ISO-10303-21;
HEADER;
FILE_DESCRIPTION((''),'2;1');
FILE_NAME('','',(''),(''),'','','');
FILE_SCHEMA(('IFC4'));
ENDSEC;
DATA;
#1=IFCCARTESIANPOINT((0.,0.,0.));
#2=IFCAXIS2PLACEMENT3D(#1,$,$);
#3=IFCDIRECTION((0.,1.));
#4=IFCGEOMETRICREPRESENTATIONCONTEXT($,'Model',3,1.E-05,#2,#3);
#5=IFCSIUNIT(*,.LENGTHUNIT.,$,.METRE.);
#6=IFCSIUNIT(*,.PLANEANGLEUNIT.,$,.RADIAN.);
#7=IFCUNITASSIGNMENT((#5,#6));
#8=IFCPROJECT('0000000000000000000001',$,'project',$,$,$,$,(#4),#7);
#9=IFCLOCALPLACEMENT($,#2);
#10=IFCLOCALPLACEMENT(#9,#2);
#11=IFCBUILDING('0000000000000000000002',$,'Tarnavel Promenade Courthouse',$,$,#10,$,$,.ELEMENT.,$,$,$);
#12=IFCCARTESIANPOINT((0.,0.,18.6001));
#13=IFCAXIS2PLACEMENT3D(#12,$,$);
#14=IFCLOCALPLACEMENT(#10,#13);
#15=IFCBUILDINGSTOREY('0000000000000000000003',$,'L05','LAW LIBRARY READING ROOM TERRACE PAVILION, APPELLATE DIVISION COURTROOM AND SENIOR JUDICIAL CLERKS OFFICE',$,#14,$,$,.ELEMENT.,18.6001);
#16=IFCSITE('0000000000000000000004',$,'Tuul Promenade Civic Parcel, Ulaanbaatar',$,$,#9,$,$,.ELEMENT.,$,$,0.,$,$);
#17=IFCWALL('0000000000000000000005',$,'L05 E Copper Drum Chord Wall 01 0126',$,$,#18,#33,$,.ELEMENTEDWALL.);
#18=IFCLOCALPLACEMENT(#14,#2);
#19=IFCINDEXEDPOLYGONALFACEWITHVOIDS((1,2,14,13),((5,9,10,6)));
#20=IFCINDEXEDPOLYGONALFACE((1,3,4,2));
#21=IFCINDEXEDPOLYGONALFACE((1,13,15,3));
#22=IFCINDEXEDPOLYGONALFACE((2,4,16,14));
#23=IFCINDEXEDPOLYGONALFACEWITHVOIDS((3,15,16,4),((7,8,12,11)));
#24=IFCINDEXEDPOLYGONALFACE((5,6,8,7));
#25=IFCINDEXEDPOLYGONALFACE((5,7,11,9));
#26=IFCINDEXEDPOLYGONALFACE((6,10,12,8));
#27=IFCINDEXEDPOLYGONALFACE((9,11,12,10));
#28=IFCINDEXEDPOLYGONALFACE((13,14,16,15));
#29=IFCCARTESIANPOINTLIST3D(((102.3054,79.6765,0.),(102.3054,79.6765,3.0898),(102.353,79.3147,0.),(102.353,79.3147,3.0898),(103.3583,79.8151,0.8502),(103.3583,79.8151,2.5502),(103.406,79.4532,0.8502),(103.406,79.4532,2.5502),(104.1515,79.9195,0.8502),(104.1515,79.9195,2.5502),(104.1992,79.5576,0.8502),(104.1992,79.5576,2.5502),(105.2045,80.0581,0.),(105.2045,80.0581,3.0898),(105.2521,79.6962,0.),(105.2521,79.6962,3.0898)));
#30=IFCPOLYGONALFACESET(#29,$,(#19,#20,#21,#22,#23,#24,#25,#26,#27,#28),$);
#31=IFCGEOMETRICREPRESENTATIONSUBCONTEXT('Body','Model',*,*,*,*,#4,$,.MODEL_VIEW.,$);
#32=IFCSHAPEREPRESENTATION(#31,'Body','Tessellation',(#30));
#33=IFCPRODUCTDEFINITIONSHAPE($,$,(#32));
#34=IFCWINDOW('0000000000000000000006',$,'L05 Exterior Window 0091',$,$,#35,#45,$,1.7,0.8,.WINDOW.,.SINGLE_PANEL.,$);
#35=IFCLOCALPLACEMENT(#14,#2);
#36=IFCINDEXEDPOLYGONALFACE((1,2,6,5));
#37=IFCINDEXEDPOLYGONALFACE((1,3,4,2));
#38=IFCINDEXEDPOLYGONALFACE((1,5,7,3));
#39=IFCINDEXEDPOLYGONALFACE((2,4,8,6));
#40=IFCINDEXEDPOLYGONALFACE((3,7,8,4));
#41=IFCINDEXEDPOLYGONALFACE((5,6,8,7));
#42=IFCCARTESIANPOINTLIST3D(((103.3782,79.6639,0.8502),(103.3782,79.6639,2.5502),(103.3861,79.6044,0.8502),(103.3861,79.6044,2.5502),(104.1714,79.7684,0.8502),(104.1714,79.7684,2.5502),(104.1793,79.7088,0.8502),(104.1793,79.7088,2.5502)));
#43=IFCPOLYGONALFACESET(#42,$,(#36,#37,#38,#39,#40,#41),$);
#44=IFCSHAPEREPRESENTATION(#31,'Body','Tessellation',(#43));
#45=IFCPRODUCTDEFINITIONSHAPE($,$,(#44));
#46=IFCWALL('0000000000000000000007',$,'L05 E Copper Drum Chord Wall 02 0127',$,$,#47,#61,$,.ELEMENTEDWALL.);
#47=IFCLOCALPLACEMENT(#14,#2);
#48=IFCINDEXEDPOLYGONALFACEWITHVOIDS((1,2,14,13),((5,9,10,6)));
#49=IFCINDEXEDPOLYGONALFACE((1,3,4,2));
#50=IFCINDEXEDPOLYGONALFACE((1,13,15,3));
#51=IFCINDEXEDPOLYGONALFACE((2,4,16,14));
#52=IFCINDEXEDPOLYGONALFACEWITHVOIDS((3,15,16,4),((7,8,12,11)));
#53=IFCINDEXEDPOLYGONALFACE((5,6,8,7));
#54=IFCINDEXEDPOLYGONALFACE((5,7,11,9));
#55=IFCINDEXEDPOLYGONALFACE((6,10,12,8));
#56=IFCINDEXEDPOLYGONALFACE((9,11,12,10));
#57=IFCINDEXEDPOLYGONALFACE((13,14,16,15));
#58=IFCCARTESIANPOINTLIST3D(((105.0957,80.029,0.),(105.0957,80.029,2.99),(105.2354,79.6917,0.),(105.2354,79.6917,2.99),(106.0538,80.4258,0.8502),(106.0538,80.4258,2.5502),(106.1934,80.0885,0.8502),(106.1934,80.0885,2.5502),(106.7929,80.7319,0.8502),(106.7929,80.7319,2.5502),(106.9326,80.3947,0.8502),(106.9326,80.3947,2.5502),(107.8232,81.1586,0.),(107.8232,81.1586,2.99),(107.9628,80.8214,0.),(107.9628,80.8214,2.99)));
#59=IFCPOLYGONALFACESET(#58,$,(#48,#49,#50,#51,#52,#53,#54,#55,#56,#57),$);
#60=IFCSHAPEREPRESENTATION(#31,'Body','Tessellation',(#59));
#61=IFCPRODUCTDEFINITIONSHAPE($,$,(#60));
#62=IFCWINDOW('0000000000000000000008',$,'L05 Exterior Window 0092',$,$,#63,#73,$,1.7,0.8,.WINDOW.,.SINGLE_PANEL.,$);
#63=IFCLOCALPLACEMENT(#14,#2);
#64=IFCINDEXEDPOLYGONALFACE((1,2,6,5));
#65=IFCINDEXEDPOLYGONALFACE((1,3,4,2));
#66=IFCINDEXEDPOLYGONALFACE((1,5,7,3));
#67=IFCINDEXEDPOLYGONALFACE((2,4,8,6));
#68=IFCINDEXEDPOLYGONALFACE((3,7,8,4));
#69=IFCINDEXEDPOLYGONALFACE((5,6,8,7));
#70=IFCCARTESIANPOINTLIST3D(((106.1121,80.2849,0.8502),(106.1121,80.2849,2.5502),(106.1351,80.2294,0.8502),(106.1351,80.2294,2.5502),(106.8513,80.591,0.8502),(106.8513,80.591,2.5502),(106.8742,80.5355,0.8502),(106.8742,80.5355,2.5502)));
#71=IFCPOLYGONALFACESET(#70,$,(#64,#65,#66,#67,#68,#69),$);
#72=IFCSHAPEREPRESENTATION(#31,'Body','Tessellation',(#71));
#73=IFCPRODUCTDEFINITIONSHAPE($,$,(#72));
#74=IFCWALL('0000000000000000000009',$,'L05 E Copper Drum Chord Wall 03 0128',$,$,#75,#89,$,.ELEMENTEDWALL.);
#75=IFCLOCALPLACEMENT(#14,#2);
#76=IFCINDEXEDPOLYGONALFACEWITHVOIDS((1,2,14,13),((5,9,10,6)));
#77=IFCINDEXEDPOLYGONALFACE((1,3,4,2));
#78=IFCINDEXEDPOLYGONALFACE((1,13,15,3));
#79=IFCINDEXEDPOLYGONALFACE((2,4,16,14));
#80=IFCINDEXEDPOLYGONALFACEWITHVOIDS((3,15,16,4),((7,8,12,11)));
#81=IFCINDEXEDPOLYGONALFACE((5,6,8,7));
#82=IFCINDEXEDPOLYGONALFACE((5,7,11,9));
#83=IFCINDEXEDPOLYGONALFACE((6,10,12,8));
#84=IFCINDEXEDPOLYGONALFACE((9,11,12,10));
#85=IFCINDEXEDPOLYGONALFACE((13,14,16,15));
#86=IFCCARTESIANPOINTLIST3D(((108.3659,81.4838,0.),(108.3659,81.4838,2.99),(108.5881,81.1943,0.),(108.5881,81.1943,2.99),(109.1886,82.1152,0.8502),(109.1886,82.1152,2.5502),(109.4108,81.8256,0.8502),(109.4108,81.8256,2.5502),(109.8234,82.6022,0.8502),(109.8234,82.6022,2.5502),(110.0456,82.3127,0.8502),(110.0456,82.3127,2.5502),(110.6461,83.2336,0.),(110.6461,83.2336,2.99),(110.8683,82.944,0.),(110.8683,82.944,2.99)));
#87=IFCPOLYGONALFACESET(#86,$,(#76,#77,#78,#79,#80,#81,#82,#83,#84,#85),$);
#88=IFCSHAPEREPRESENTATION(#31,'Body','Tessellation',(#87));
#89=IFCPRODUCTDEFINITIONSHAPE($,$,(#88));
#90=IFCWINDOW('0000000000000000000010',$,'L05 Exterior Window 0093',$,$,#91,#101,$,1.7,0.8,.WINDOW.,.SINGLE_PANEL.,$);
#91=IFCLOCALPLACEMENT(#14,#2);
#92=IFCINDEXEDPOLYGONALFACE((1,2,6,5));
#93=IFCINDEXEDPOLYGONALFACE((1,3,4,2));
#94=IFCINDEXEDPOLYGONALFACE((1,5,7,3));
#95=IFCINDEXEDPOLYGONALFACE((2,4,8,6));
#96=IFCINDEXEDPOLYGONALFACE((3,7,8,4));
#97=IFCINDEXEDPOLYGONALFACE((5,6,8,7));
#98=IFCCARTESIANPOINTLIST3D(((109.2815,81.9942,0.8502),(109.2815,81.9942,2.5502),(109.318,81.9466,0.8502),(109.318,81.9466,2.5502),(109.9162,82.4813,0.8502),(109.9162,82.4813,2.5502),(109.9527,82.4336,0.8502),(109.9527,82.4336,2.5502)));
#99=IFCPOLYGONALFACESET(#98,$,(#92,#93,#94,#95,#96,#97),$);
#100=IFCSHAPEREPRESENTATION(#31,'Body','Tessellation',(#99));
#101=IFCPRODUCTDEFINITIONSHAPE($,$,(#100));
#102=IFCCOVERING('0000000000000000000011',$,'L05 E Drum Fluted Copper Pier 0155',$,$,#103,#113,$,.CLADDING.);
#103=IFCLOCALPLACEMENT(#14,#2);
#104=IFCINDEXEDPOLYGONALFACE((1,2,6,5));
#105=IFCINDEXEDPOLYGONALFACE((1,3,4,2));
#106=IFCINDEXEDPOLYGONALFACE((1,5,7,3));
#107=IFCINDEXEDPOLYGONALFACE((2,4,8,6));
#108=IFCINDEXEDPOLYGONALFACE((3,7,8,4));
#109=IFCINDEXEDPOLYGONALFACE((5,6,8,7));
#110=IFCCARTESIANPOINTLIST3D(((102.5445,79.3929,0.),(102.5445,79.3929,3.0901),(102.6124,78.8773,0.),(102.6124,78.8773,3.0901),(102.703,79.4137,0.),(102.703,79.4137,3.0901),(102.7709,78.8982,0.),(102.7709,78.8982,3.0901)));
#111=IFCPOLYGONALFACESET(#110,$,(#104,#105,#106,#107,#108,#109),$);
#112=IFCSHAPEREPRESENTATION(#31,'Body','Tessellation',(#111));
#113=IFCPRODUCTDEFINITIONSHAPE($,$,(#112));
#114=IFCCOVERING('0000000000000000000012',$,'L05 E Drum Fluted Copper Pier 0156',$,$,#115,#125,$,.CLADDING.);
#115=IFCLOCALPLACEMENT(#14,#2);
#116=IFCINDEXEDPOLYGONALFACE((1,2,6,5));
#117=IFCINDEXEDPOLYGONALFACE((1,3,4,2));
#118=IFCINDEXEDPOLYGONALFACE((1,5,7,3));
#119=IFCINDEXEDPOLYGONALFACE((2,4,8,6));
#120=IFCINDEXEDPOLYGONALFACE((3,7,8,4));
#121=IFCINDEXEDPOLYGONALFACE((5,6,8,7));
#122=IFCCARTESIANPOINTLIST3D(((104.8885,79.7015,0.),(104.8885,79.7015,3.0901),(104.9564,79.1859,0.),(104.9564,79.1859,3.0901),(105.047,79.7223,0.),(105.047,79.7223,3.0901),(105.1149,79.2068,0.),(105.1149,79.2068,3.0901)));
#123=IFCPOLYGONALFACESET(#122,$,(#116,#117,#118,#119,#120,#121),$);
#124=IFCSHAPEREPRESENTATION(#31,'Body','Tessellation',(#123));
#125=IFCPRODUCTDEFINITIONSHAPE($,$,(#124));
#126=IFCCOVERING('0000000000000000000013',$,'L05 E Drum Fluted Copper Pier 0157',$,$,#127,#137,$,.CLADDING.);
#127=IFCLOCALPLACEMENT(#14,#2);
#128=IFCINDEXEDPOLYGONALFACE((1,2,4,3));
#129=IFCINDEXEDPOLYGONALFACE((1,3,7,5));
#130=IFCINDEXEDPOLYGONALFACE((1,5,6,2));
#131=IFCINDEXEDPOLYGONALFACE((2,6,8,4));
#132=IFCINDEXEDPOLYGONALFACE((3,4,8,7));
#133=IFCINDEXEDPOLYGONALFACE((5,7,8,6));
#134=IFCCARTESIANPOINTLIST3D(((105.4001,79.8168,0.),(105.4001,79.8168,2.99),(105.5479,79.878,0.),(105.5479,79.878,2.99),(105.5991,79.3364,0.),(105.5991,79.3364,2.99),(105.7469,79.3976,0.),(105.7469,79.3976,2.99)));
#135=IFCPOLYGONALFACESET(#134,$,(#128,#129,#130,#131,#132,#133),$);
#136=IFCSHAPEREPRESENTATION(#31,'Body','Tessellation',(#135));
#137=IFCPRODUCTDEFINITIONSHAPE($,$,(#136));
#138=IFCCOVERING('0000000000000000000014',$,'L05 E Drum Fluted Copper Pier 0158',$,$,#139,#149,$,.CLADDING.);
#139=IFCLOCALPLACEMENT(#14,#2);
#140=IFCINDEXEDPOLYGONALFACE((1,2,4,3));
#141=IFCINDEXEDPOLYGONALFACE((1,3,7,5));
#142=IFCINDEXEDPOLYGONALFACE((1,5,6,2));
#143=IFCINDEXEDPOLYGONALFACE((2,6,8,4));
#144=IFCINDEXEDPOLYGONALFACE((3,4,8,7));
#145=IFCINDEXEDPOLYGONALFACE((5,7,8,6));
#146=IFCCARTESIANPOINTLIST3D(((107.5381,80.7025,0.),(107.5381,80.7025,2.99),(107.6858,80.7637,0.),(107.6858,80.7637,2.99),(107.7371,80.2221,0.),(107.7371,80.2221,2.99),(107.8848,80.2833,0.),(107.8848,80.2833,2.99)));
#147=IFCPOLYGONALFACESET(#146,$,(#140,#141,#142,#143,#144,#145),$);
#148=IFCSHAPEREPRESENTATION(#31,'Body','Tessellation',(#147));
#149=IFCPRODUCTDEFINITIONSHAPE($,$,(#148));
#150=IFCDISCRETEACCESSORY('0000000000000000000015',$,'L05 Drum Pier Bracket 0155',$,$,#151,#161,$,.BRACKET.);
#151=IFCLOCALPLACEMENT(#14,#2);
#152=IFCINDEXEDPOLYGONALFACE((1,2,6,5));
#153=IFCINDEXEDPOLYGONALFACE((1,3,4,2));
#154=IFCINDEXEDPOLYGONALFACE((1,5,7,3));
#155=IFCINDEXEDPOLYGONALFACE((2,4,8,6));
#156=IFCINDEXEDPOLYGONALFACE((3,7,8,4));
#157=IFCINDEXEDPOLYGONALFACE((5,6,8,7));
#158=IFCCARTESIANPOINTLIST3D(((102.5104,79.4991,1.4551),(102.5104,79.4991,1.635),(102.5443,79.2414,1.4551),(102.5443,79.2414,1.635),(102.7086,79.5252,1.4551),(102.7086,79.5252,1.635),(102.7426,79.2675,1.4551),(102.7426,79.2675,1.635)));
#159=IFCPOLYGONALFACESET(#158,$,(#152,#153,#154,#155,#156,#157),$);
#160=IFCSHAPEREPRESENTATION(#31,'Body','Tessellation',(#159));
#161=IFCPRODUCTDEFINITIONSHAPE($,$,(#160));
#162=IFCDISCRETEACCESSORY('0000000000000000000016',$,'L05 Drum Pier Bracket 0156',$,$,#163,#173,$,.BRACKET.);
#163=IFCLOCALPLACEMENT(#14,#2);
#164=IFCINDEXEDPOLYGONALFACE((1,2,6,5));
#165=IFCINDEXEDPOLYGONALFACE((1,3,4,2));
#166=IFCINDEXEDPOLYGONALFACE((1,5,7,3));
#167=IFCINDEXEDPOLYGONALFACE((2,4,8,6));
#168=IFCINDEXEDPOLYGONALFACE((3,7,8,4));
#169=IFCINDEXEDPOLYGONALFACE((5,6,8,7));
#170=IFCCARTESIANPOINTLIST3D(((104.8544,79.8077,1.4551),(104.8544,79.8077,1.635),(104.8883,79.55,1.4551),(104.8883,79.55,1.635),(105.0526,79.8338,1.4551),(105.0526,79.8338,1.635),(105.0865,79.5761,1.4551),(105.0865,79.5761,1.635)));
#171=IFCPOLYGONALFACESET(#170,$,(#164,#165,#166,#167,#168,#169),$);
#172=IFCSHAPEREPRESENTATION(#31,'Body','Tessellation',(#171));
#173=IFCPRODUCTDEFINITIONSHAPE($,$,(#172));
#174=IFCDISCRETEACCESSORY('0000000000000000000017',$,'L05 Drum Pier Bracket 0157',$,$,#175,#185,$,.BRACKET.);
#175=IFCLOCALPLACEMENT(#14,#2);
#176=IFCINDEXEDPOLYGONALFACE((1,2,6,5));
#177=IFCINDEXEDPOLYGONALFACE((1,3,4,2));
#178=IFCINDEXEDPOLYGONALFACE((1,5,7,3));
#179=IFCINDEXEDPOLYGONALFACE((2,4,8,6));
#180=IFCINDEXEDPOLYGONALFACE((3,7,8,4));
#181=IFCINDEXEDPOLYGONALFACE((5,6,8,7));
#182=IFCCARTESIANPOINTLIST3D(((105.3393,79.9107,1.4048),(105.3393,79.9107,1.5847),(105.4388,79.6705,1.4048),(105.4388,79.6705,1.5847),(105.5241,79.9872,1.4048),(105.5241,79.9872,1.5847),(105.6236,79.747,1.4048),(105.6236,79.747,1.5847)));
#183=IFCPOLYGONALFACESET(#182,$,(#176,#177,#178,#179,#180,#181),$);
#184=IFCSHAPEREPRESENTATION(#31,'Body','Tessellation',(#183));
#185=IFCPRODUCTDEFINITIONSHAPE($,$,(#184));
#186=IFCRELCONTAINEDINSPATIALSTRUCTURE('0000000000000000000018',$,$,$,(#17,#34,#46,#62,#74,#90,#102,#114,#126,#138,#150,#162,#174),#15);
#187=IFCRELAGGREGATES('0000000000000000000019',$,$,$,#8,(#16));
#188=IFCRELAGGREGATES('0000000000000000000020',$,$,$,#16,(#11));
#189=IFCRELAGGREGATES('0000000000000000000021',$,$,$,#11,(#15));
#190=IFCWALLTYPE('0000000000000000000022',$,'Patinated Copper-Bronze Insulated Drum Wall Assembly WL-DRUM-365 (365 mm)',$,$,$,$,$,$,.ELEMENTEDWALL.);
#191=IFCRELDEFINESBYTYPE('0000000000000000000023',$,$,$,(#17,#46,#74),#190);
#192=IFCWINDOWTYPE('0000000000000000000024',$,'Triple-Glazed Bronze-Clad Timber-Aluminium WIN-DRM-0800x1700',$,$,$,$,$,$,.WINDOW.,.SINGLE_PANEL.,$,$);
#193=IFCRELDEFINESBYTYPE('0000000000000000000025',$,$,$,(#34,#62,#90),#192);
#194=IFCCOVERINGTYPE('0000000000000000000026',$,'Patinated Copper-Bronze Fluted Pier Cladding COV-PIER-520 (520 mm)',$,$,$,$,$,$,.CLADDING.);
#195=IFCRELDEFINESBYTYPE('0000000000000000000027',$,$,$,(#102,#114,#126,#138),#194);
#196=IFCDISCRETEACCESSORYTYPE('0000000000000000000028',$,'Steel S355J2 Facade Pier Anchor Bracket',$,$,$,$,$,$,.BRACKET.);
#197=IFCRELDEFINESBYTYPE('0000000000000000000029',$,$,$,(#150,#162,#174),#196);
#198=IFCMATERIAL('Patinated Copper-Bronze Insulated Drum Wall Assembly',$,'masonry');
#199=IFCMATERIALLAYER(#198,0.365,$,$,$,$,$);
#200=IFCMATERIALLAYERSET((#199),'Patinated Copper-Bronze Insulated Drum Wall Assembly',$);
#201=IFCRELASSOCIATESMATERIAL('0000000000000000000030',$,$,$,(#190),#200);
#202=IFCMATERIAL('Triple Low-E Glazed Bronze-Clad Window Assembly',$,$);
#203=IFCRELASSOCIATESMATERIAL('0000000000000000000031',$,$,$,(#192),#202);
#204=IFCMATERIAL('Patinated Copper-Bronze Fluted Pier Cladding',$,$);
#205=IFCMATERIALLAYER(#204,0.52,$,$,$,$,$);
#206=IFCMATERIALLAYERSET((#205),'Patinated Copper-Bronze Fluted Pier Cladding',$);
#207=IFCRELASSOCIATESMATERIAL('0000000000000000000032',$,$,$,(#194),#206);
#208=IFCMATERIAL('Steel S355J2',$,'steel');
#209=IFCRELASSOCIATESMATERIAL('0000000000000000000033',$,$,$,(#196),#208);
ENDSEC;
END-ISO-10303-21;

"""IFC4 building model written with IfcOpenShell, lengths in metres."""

from ifc_helpers import new_model, si_unit, direction, frame, frame_2d, origin, origin_2d, place, context, subcontext, project, spatial, rectangle, extrude, material, layer, layer_set, type_object, element, fill, save


model = new_model("IFC4")

# Units and contexts
model_context = context("Model", 3, precision=1e-05, world=origin(), true_north=direction((0.0, 1.0)))
body_context = subcontext(model_context, "Body", "Model", "MODEL_VIEW")
ifc_project = project(units=[si_unit("LENGTHUNIT", "METRE"), si_unit("PLANEANGLEUNIT", "RADIAN")], contexts=[model_context])

# Site, building, storey
site_placement = place(None, origin())
site = spatial("IfcSite", under=ifc_project, at=site_placement, Name="Tuul Promenade Civic Parcel, Ulaanbaatar", CompositionType="ELEMENT", RefElevation=0.0)
building_placement = place(site_placement, origin())
building = spatial("IfcBuilding", under=site, at=building_placement, Name="Tarnavel Promenade Courthouse", CompositionType="ELEMENT")
storey_placement = place(building_placement, frame((0.0, 0.0, 18.6001)))
storey = spatial("IfcBuildingStorey", under=building, at=storey_placement, Name="L05", Description="LAW LIBRARY READING ROOM TERRACE PAVILION, APPELLATE DIVISION COURTROOM AND SENIOR JUDICIAL CLERKS OFFICE", CompositionType="ELEMENT", Elevation=18.6001)

# Shared definitions
ifc_material_1 = material(Name="Steel S355J2", Category="steel")

# Walls, openings, windows
ifc_material_2 = material(Name="Patinated Copper-Bronze Insulated Drum Wall Assembly", Category="masonry")
ifc_layer_1 = layer(ifc_material_2, 0.365)
ifc_layer_set_1 = layer_set([ifc_layer_1], Name="Patinated Copper-Bronze Insulated Drum Wall Assembly")
wall_type_1 = type_object("IfcWallType", Name="Patinated Copper-Bronze Insulated Drum Wall Assembly WL-DRUM-365 (365 mm)", PredefinedType="ELEMENTEDWALL", material=ifc_layer_set_1)
wall_1_placement = place(storey_placement, frame((102.3293, 79.4956, 0.0), z_axis=(0.0, 0.0, 1.0), x_axis=(0.991449, 0.130496, 0.0)))
wall_1 = element("IfcWall", 1, at=wall_1_placement, inside=storey, type_object=wall_type_1, Name="L05 E Copper Drum Chord Wall 01 0126", PredefinedType="ELEMENTEDWALL", context=body_context, shape_type="SweptSolid", body=[
    extrude(rectangle(XDim=2.9241, YDim=0.365, at=frame_2d((1.4619, 0.0))), origin(), (0.0, 0.0, 1.0), 3.0898),
])
opening_1_placement = place(wall_1_placement, frame((1.062, 0.0, 0.8501)))
opening_1 = element("IfcOpeningElement", 2, at=opening_1_placement, cuts=wall_1, PredefinedType="OPENING", context=body_context, shape_type="SweptSolid", body=[
    extrude(rectangle(XDim=0.8, YDim=1.7, at=frame_2d((0.3999, 0.8501))), frame((0.0, 0.1924, 0.0), z_axis=(0.0, -1.0, 0.0), x_axis=(1.0, 0.0, 0.0)), (0.0, 0.0, 1.0), 0.385),
])
ifc_material_3 = material(Name="Triple Low-E Glazed Bronze-Clad Window Assembly")
window_type = type_object("IfcWindowType", Name="Triple-Glazed Bronze-Clad Timber-Aluminium WIN-DRM-0800x1700", PartitioningType="SINGLE_PANEL", PredefinedType="WINDOW", material=ifc_material_3)
window_1_placement = place(opening_1_placement, origin())
window_1 = element("IfcWindow", 3, at=window_1_placement, inside=storey, type_object=window_type, Name="L05 Exterior Window 0091", OverallHeight=1.7, OverallWidth=0.8, PartitioningType="SINGLE_PANEL", PredefinedType="WINDOW", context=body_context, shape_type="SweptSolid", body=[
    extrude(rectangle(XDim=0.8, YDim=1.7, at=frame_2d((0.3999, 0.8501))), frame((0.0, 0.03, 0.0), z_axis=(0.0, -1.0, 0.0), x_axis=(1.0, 0.0, 0.0)), (0.0, 0.0, 1.0), 0.0601),
])
fill(opening_1, window_1)
wall_2_placement = place(storey_placement, frame((105.1655, 79.8604, 0.0), z_axis=(0.0, 0.0, 1.0), x_axis=(0.923897, 0.382642, 0.0)))
wall_2 = element("IfcWall", 4, at=wall_2_placement, inside=storey, type_object=wall_type_1, Name="L05 E Copper Drum Chord Wall 02 0127", PredefinedType="ELEMENTEDWALL", context=body_context, shape_type="SweptSolid", body=[
    extrude(rectangle(XDim=2.9521, YDim=0.365, at=frame_2d((1.4761, 0.0))), origin(), (0.0, 0.0, 1.0), 2.99),
])
opening_2_placement = place(wall_2_placement, frame((1.0371, 0.0, 0.8501)))
opening_2 = element("IfcOpeningElement", 5, at=opening_2_placement, cuts=wall_2, PredefinedType="OPENING", context=body_context, shape_type="SweptSolid", body=[
    extrude(rectangle(XDim=0.8, YDim=1.7, at=frame_2d((0.3999, 0.8501))), frame((0.0, 0.1924, 0.0), z_axis=(0.0, -1.0, 0.0), x_axis=(1.0, 0.0, 0.0)), (0.0, 0.0, 1.0), 0.385),
])
window_2_placement = place(opening_2_placement, origin())
window_2 = element("IfcWindow", 6, at=window_2_placement, inside=storey, type_object=window_type, Name="L05 Exterior Window 0092", OverallHeight=1.7, OverallWidth=0.8, PartitioningType="SINGLE_PANEL", PredefinedType="WINDOW", context=body_context, shape_type="SweptSolid", body=[
    extrude(rectangle(XDim=0.8, YDim=1.7, at=frame_2d((0.3999, 0.8501))), frame((0.0, 0.03, 0.0), z_axis=(0.0, -1.0, 0.0), x_axis=(1.0, 0.0, 0.0)), (0.0, 0.0, 1.0), 0.0601),
])
fill(opening_2, window_2)
wall_3_placement = place(storey_placement, frame((108.4771, 81.3391, 0.0), z_axis=(0.0, 0.0, 1.0), x_axis=(0.793347, 0.60877, 0.0)))
wall_3 = element("IfcWall", 7, at=wall_3_placement, inside=storey, type_object=wall_type_1, Name="L05 E Copper Drum Chord Wall 03 0128", PredefinedType="ELEMENTEDWALL", context=body_context, shape_type="SweptSolid", body=[
    extrude(rectangle(XDim=2.8743, YDim=0.365, at=frame_2d((1.437, 0.0))), origin(), (0.0, 0.0, 1.0), 2.99),
])
opening_3_placement = place(wall_3_placement, frame((1.0371, 0.0, 0.8501)))
opening_3 = element("IfcOpeningElement", 8, at=opening_3_placement, cuts=wall_3, PredefinedType="OPENING", context=body_context, shape_type="SweptSolid", body=[
    extrude(rectangle(XDim=0.8, YDim=1.7, at=frame_2d((0.3999, 0.8501))), frame((0.0, 0.1924, 0.0), z_axis=(0.0, -1.0, 0.0), x_axis=(1.0, 0.0, 0.0)), (0.0, 0.0, 1.0), 0.385),
])
window_3_placement = place(opening_3_placement, origin())
window_3 = element("IfcWindow", 9, at=window_3_placement, inside=storey, type_object=window_type, Name="L05 Exterior Window 0093", OverallHeight=1.7, OverallWidth=0.8, PartitioningType="SINGLE_PANEL", PredefinedType="WINDOW", context=body_context, shape_type="SweptSolid", body=[
    extrude(rectangle(XDim=0.8, YDim=1.7, at=frame_2d((0.3999, 0.8501))), frame((0.0, 0.03, 0.0), z_axis=(0.0, -1.0, 0.0), x_axis=(1.0, 0.0, 0.0)), (0.0, 0.0, 1.0), 0.0601),
])
fill(opening_3, window_3)

# Coverings
ifc_material_4 = material(Name="Patinated Copper-Bronze Fluted Pier Cladding")
ifc_layer_2 = layer(ifc_material_4, 0.52)
ifc_layer_set_2 = layer_set([ifc_layer_2], Name="Patinated Copper-Bronze Fluted Pier Cladding")
covering_type = type_object("IfcCoveringType", Name="Patinated Copper-Bronze Fluted Pier Cladding COV-PIER-520 (520 mm)", PredefinedType="CLADDING", material=ifc_layer_set_2)
for number, where, z_axis, x_axis, name in (
    (10, (102.6577, 79.1455, 0.0), (0.0, 0.0, 1.0), (0.991445, 0.130526, 0.0), "L05 E Drum Fluted Copper Pier 0155"),
    (11, (105.0017, 79.4541, 0.0), (0.0, 0.0, 1.0), (0.991445, 0.130526, 0.0), "L05 E Drum Fluted Copper Pier 0156"),
):
    element("IfcCovering", number, at=place(storey_placement, frame(where, z_axis=z_axis, x_axis=x_axis)), inside=storey, type_object=covering_type, Name=name, PredefinedType="CLADDING", context=body_context, shape_type="SweptSolid", body=[
        extrude(rectangle(XDim=0.1599, YDim=0.52, at=origin_2d()), origin(), (0.0, 0.0, 1.0), 3.0901),
    ])
for number, where, z_axis, x_axis, name in (
    (12, (105.5735, 79.6072, 0.0), (0.0, 0.0, 1.0), (0.92388, 0.382683, 0.0), "L05 E Drum Fluted Copper Pier 0157"),
    (13, (107.7114, 80.4929, 0.0), (0.0, 0.0, 1.0), (0.92388, 0.382683, 0.0), "L05 E Drum Fluted Copper Pier 0158"),
):
    element("IfcCovering", number, at=place(storey_placement, frame(where, z_axis=z_axis, x_axis=x_axis)), inside=storey, type_object=covering_type, Name=name, PredefinedType="CLADDING", context=body_context, shape_type="SweptSolid", body=[
        extrude(rectangle(XDim=0.1599, YDim=0.52, at=origin_2d()), origin(), (0.0, 0.0, 1.0), 2.99),
    ])

# Discrete accessories
discrete_accessory_type_1 = type_object("IfcDiscreteAccessoryType", Name="Steel S355J2 Facade Pier Anchor Bracket", PredefinedType="BRACKET", material=ifc_material_1)
for number, where, z_axis, x_axis, name in (
    (14, (102.6265, 79.3833, 1.4551), (0.0, 0.0, 1.0), (0.991445, 0.130526, 0.0), "L05 Drum Pier Bracket 0155"),
    (15, (104.9705, 79.6919, 1.4551), (0.0, 0.0, 1.0), (0.991445, 0.130526, 0.0), "L05 Drum Pier Bracket 0156"),
    (16, (105.4814, 79.8289, 1.4048), (0.0, 0.0, 1.0), (0.92388, 0.382683, 0.0), "L05 Drum Pier Bracket 0157"),
):
    element("IfcDiscreteAccessory", number, at=place(storey_placement, frame(where, z_axis=z_axis, x_axis=x_axis)), inside=storey, type_object=discrete_accessory_type_1, Name=name, PredefinedType="BRACKET", context=body_context, shape_type="SweptSolid", body=[
        extrude(rectangle(XDim=0.2, YDim=0.26, at=origin_2d()), origin(), (0.0, 0.0, 1.0), 0.1799),
    ])

save(model, "model.ifc")
